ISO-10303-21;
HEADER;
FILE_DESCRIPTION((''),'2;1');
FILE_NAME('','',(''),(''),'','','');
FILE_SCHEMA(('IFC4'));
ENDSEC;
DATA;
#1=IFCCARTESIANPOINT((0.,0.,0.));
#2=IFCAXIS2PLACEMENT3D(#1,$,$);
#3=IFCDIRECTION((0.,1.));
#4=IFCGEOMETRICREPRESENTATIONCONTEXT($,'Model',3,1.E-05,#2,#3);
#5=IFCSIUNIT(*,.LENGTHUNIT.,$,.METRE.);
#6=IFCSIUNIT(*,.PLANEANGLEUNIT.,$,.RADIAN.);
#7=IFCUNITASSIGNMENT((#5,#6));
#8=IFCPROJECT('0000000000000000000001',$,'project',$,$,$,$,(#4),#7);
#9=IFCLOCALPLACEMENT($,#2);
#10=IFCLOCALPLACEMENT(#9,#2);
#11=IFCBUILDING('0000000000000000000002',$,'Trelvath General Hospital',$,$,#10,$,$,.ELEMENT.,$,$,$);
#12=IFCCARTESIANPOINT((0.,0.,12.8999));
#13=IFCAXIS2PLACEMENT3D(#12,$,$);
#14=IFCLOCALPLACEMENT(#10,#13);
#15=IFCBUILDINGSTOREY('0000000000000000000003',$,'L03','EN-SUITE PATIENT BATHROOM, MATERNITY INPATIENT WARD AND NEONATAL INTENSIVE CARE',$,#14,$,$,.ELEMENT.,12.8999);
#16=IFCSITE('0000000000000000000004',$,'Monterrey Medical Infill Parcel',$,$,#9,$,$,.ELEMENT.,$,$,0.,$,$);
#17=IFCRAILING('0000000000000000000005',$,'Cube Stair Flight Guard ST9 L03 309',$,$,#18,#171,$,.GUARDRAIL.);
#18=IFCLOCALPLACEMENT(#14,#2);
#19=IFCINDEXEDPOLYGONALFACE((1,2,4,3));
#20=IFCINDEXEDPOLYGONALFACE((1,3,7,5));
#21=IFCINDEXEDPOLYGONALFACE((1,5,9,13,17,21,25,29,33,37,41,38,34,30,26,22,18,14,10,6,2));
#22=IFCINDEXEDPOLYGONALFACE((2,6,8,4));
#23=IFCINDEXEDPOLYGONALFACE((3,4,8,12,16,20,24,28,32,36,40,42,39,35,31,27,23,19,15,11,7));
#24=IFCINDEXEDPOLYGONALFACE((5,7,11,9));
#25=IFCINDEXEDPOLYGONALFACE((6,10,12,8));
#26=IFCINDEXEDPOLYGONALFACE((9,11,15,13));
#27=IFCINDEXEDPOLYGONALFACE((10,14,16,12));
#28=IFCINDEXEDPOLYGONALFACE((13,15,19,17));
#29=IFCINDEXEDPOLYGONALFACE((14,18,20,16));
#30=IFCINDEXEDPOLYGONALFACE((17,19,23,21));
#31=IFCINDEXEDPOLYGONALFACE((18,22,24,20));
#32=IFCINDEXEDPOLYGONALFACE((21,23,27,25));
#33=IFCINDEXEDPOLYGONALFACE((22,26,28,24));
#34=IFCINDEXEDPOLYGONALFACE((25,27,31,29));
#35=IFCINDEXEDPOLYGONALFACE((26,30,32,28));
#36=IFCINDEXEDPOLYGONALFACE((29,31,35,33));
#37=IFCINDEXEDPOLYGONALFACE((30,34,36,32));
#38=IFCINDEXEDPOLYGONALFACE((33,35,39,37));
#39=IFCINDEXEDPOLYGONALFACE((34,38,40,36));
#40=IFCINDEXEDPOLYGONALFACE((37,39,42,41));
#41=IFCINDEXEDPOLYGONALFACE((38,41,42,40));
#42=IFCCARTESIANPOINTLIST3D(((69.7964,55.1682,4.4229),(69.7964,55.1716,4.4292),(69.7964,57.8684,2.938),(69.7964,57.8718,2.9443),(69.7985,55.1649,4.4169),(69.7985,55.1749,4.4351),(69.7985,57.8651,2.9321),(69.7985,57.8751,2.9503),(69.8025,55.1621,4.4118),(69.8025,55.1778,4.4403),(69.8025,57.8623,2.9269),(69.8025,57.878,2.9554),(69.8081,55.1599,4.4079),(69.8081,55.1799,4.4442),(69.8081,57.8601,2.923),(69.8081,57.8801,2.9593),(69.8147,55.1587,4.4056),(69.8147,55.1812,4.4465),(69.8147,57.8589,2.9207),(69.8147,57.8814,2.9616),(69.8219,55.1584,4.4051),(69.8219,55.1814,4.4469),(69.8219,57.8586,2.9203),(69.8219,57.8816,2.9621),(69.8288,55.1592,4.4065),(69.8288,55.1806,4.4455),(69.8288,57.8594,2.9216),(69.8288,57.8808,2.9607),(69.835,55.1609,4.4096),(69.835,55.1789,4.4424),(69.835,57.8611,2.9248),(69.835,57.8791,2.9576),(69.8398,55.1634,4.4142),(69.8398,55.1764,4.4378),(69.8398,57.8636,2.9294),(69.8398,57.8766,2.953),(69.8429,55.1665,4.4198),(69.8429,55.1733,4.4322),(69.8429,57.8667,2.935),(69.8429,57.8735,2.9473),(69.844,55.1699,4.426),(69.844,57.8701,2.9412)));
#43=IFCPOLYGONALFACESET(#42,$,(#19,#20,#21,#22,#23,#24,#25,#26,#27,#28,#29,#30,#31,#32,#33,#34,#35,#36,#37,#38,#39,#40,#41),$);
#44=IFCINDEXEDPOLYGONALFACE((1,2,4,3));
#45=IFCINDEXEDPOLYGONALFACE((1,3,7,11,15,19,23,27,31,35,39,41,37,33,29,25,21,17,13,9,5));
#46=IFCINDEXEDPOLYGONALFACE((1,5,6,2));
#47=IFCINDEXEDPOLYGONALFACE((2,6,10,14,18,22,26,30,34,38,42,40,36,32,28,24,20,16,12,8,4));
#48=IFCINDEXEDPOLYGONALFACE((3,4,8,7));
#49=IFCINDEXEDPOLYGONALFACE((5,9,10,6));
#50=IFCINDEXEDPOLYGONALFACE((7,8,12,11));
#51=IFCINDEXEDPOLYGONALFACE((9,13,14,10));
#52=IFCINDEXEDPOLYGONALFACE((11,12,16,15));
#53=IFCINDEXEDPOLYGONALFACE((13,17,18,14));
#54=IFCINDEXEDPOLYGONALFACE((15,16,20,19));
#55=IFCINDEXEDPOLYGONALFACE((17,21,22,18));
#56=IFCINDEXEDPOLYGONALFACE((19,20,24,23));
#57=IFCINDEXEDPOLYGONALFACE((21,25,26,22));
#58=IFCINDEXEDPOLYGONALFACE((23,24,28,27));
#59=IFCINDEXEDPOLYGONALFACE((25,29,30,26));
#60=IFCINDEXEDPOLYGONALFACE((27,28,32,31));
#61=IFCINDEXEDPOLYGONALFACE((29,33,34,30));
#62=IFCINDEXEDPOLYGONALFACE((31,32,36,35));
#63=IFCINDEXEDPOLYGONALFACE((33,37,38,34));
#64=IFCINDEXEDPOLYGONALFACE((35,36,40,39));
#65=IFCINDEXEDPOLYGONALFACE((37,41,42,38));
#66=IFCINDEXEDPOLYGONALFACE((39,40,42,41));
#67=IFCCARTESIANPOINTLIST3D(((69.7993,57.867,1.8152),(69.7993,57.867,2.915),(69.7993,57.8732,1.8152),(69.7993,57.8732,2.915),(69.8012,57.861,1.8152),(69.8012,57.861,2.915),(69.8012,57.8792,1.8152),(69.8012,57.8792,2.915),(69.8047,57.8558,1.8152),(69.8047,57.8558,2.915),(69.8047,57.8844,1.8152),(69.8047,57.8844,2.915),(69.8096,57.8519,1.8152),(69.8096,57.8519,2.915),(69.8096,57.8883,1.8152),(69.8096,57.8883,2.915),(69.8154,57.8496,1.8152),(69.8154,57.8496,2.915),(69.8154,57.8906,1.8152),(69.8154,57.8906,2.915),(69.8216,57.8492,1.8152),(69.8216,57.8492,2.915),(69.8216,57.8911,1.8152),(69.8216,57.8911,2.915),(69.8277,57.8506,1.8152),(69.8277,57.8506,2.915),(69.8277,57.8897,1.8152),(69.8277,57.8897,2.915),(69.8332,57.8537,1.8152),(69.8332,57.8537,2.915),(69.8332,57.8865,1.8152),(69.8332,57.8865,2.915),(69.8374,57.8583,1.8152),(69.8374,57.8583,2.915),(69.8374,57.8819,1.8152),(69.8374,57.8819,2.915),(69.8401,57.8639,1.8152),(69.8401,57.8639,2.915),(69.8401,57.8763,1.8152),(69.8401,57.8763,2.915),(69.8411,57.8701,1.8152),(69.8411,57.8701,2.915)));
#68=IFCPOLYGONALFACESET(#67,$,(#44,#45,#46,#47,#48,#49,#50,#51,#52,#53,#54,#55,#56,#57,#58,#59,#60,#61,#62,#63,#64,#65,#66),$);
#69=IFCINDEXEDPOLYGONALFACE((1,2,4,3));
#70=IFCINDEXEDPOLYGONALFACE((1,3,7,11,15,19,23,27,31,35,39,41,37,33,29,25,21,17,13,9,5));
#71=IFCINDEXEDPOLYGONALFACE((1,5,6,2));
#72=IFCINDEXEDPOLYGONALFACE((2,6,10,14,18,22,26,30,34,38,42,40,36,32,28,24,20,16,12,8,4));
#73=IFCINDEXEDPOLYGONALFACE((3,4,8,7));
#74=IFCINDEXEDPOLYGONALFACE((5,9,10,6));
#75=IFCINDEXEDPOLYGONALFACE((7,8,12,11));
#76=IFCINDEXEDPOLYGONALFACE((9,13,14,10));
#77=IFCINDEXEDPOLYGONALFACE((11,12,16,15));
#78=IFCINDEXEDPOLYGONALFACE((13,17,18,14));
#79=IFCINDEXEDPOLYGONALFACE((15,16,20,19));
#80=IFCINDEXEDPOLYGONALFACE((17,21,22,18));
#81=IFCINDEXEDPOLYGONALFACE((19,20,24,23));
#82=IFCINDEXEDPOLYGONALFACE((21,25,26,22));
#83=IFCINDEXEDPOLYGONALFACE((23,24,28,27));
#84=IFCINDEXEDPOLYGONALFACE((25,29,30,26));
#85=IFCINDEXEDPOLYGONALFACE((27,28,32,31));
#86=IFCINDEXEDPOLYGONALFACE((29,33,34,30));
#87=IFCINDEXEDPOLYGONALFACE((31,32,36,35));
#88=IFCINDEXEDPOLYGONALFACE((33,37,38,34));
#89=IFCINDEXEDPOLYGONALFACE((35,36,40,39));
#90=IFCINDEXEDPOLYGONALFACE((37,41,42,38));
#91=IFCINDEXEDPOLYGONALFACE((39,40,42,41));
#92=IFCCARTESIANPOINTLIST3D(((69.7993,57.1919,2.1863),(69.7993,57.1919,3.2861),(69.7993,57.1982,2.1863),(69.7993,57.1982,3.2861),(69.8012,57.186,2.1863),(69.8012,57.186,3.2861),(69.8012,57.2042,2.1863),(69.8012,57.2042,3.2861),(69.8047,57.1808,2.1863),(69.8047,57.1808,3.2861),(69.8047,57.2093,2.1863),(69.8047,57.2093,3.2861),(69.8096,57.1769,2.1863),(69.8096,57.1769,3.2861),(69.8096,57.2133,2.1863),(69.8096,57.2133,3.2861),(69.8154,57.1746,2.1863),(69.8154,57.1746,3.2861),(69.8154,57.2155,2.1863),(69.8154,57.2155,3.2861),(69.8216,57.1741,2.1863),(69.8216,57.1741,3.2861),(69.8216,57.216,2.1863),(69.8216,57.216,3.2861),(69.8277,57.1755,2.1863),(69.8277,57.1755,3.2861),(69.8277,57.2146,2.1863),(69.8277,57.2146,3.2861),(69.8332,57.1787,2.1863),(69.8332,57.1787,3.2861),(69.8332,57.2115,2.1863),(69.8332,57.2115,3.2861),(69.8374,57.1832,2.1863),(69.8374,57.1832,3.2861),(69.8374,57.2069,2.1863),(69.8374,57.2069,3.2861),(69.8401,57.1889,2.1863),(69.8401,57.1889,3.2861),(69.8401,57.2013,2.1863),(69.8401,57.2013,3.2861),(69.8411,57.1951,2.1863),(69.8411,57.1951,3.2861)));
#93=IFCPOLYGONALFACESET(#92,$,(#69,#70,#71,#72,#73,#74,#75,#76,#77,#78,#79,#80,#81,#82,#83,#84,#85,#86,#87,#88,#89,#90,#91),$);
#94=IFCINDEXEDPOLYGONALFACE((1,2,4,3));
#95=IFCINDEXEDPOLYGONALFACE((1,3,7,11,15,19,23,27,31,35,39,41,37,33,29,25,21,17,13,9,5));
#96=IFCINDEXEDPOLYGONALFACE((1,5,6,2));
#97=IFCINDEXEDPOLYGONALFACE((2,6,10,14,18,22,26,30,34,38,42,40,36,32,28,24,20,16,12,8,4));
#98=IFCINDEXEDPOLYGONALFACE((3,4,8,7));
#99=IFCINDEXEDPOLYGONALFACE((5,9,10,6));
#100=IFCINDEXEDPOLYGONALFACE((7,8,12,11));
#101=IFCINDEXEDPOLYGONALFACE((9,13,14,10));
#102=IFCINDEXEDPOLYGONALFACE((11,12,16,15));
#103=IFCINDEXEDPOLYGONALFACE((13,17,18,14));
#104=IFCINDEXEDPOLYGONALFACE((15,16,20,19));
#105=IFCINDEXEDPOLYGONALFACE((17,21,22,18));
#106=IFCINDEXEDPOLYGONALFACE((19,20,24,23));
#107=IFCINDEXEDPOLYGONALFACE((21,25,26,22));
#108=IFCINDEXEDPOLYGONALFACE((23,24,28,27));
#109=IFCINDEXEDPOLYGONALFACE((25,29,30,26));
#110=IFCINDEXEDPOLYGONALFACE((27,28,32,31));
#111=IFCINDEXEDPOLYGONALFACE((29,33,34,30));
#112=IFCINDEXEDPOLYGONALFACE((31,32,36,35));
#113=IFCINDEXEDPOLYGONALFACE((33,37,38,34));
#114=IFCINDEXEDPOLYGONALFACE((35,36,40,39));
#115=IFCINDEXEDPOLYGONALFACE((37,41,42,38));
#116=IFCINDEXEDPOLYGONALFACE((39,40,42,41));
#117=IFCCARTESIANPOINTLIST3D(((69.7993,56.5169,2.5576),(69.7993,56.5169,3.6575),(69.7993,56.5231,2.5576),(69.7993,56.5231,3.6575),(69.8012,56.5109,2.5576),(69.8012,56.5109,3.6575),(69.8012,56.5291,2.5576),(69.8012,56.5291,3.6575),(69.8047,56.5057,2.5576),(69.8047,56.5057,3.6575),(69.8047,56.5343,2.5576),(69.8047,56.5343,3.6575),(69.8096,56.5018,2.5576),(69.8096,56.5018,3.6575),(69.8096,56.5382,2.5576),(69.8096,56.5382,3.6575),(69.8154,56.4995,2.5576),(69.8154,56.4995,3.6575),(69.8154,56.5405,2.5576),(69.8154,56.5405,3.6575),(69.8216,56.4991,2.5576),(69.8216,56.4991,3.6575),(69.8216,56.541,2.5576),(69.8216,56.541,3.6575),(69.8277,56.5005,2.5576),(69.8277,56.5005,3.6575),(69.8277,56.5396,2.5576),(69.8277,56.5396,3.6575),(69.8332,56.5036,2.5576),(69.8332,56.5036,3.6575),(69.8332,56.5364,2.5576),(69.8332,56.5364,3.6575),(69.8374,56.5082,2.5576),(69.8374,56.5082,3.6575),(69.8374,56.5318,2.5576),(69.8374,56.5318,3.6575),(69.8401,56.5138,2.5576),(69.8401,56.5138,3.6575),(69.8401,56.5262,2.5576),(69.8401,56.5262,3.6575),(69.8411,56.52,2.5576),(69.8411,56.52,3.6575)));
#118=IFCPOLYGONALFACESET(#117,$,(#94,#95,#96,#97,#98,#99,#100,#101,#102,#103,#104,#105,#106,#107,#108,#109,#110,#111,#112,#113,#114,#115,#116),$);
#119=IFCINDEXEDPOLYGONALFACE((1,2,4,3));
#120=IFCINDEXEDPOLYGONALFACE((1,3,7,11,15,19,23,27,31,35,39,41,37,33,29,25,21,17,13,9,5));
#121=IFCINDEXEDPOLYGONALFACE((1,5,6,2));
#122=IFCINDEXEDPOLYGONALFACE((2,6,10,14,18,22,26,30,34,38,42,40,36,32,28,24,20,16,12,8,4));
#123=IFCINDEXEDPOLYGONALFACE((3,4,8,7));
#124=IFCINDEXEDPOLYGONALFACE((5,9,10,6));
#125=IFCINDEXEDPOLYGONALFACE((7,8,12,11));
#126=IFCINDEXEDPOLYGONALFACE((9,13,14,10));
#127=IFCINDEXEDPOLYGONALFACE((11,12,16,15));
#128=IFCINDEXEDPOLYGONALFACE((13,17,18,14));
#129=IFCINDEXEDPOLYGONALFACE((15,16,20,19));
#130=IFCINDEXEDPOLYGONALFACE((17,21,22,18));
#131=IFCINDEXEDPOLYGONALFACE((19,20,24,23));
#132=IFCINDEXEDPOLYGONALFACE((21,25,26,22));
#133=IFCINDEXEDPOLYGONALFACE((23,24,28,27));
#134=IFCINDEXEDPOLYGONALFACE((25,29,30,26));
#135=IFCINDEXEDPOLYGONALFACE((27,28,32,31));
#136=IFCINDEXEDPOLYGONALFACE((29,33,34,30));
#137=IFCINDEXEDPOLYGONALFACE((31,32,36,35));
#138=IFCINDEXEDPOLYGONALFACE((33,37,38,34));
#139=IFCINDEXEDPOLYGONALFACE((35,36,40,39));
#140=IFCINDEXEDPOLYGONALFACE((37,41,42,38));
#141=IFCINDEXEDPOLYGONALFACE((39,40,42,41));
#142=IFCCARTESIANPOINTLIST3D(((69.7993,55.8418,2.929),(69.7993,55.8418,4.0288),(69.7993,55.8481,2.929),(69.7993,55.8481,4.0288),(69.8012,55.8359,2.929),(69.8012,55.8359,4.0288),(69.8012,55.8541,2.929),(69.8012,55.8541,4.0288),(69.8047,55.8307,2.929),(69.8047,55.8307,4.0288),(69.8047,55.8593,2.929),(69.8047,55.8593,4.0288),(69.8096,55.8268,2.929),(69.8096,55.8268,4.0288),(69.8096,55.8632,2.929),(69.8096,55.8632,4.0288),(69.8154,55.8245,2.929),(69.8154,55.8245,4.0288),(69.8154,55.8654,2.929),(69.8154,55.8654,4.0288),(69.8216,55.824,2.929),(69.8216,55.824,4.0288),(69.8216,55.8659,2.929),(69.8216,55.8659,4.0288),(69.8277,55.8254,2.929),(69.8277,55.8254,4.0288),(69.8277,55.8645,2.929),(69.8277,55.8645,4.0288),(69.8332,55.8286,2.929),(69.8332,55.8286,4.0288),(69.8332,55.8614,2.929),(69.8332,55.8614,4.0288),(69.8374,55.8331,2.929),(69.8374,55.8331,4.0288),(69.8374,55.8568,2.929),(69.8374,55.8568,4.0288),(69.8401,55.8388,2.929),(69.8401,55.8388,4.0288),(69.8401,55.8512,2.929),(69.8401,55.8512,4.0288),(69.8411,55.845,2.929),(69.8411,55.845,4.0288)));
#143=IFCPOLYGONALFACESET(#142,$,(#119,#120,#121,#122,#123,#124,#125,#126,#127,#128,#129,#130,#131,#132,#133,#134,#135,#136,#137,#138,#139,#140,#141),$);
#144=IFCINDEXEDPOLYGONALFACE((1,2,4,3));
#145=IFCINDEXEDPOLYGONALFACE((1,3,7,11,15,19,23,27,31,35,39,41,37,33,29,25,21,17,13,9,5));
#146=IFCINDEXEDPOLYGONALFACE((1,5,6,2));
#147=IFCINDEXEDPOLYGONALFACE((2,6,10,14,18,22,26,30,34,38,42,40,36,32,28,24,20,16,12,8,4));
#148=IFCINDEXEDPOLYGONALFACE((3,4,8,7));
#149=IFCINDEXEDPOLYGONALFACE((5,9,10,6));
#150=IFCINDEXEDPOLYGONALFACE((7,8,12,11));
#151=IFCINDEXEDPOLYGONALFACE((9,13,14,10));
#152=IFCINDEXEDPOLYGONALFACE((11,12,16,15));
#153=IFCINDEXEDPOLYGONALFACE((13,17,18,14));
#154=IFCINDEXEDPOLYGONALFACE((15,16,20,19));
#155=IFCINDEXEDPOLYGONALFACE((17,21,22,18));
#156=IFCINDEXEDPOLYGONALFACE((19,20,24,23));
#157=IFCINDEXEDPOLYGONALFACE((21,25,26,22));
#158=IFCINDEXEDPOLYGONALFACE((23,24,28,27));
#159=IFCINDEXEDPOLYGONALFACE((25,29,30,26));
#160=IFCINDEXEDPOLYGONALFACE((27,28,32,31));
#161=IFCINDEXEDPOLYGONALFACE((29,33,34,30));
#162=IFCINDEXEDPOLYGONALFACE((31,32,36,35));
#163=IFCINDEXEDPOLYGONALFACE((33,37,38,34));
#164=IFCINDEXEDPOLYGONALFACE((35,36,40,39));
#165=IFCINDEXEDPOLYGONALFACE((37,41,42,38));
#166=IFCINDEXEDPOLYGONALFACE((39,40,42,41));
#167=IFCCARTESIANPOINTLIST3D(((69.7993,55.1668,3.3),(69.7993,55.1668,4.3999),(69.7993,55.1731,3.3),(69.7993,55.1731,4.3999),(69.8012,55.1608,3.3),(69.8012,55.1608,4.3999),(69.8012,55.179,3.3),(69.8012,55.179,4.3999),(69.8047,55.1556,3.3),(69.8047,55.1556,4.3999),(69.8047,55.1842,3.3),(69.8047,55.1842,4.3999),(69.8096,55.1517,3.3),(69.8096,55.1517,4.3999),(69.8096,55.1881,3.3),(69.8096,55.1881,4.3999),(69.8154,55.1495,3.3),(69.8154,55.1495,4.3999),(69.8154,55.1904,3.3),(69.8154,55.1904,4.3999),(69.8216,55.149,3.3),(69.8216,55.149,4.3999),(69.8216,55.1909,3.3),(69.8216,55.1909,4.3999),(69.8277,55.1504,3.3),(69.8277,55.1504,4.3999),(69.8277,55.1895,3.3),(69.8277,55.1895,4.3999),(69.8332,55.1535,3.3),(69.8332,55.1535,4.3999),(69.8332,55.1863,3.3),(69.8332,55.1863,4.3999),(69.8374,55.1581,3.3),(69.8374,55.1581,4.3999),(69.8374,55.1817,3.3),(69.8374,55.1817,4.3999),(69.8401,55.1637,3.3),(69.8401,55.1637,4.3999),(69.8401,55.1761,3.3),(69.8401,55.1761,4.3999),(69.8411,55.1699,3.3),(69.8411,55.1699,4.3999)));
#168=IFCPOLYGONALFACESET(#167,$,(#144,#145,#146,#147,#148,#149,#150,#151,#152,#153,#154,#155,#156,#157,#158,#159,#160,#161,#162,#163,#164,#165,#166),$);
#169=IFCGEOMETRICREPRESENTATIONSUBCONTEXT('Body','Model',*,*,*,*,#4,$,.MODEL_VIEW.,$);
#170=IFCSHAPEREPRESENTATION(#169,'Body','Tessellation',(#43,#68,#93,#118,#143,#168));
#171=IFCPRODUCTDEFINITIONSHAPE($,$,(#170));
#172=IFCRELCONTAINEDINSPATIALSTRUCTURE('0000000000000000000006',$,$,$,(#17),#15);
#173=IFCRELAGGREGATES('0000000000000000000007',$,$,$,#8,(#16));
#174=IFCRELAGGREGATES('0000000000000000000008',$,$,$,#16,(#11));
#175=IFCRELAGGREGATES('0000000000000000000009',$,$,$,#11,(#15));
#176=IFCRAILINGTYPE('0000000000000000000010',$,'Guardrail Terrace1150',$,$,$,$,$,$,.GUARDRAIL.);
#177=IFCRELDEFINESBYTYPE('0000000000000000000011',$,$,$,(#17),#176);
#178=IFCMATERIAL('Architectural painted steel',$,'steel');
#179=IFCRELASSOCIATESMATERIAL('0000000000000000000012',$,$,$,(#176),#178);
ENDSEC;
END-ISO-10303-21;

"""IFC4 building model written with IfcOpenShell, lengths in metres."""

from ifc_helpers import new_model, si_unit, direction, frame, origin, origin_2d, place, context, subcontext, project, spatial, circle, extrude, material, type_object, element, save


model = new_model("IFC4")

# Units and contexts
model_context = context("Model", 3, precision=1e-05, world=origin(), true_north=direction((0.0, 1.0)))
body_context = subcontext(model_context, "Body", "Model", "MODEL_VIEW")
ifc_project = project(units=[si_unit("LENGTHUNIT", "METRE"), si_unit("PLANEANGLEUNIT", "RADIAN")], contexts=[model_context])

# Site, building, storey
site_placement = place(None, origin())
site = spatial("IfcSite", under=ifc_project, at=site_placement, Name="Monterrey Medical Infill Parcel", CompositionType="ELEMENT", RefElevation=0.0)
building_placement = place(site_placement, origin())
building = spatial("IfcBuilding", under=site, at=building_placement, Name="Trelvath General Hospital", CompositionType="ELEMENT")
storey_placement = place(building_placement, frame((0.0, 0.0, 12.8999)))
storey = spatial("IfcBuildingStorey", under=building, at=storey_placement, Name="L03", Description="EN-SUITE PATIENT BATHROOM, MATERNITY INPATIENT WARD AND NEONATAL INTENSIVE CARE", CompositionType="ELEMENT", Elevation=12.8999)

# Railing
ifc_material_1 = material(Name="Architectural painted steel", Category="steel")
railing_type = type_object("IfcRailingType", Name="Guardrail Terrace1150", PredefinedType="GUARDRAIL", material=ifc_material_1)
for number, where, name in (
    (1, (69.8201, 57.8701, 1.8152), "Cube Stair Flight Guard ST9 L03 309"),
):
    element("IfcRailing", number, at=place(storey_placement, frame(where)), inside=storey, type_object=railing_type, Name=name, PredefinedType="GUARDRAIL", context=body_context, shape_type="SweptSolid", body=[
        extrude(circle(Radius=0.0239, at=origin_2d()), frame((0.0, 0.0, 1.126), z_axis=(0.0, -0.876249, 0.481858), x_axis=(1.0, 0.0, 0.0)), (0.0, 0.0, 1.0), 3.0815),
        extrude(circle(Radius=0.021, at=origin_2d()), origin(), (0.0, 0.0, 1.0), 1.0999),
        extrude(circle(Radius=0.021, at=origin_2d()), frame((0.0, -0.675, 0.3711)), (0.0, 0.0, 1.0), 1.0999),
        extrude(circle(Radius=0.021, at=origin_2d()), frame((0.0, -1.3501, 0.7424)), (0.0, 0.0, 1.0), 1.0999),
        extrude(circle(Radius=0.021, at=origin_2d()), frame((0.0, -2.0251, 1.1138)), (0.0, 0.0, 1.0), 1.0999),
        extrude(circle(Radius=0.021, at=origin_2d()), frame((0.0, -2.7002, 1.4849)), (0.0, 0.0, 1.0), 1.0999),
    ])

save(model, "model.ifc")
